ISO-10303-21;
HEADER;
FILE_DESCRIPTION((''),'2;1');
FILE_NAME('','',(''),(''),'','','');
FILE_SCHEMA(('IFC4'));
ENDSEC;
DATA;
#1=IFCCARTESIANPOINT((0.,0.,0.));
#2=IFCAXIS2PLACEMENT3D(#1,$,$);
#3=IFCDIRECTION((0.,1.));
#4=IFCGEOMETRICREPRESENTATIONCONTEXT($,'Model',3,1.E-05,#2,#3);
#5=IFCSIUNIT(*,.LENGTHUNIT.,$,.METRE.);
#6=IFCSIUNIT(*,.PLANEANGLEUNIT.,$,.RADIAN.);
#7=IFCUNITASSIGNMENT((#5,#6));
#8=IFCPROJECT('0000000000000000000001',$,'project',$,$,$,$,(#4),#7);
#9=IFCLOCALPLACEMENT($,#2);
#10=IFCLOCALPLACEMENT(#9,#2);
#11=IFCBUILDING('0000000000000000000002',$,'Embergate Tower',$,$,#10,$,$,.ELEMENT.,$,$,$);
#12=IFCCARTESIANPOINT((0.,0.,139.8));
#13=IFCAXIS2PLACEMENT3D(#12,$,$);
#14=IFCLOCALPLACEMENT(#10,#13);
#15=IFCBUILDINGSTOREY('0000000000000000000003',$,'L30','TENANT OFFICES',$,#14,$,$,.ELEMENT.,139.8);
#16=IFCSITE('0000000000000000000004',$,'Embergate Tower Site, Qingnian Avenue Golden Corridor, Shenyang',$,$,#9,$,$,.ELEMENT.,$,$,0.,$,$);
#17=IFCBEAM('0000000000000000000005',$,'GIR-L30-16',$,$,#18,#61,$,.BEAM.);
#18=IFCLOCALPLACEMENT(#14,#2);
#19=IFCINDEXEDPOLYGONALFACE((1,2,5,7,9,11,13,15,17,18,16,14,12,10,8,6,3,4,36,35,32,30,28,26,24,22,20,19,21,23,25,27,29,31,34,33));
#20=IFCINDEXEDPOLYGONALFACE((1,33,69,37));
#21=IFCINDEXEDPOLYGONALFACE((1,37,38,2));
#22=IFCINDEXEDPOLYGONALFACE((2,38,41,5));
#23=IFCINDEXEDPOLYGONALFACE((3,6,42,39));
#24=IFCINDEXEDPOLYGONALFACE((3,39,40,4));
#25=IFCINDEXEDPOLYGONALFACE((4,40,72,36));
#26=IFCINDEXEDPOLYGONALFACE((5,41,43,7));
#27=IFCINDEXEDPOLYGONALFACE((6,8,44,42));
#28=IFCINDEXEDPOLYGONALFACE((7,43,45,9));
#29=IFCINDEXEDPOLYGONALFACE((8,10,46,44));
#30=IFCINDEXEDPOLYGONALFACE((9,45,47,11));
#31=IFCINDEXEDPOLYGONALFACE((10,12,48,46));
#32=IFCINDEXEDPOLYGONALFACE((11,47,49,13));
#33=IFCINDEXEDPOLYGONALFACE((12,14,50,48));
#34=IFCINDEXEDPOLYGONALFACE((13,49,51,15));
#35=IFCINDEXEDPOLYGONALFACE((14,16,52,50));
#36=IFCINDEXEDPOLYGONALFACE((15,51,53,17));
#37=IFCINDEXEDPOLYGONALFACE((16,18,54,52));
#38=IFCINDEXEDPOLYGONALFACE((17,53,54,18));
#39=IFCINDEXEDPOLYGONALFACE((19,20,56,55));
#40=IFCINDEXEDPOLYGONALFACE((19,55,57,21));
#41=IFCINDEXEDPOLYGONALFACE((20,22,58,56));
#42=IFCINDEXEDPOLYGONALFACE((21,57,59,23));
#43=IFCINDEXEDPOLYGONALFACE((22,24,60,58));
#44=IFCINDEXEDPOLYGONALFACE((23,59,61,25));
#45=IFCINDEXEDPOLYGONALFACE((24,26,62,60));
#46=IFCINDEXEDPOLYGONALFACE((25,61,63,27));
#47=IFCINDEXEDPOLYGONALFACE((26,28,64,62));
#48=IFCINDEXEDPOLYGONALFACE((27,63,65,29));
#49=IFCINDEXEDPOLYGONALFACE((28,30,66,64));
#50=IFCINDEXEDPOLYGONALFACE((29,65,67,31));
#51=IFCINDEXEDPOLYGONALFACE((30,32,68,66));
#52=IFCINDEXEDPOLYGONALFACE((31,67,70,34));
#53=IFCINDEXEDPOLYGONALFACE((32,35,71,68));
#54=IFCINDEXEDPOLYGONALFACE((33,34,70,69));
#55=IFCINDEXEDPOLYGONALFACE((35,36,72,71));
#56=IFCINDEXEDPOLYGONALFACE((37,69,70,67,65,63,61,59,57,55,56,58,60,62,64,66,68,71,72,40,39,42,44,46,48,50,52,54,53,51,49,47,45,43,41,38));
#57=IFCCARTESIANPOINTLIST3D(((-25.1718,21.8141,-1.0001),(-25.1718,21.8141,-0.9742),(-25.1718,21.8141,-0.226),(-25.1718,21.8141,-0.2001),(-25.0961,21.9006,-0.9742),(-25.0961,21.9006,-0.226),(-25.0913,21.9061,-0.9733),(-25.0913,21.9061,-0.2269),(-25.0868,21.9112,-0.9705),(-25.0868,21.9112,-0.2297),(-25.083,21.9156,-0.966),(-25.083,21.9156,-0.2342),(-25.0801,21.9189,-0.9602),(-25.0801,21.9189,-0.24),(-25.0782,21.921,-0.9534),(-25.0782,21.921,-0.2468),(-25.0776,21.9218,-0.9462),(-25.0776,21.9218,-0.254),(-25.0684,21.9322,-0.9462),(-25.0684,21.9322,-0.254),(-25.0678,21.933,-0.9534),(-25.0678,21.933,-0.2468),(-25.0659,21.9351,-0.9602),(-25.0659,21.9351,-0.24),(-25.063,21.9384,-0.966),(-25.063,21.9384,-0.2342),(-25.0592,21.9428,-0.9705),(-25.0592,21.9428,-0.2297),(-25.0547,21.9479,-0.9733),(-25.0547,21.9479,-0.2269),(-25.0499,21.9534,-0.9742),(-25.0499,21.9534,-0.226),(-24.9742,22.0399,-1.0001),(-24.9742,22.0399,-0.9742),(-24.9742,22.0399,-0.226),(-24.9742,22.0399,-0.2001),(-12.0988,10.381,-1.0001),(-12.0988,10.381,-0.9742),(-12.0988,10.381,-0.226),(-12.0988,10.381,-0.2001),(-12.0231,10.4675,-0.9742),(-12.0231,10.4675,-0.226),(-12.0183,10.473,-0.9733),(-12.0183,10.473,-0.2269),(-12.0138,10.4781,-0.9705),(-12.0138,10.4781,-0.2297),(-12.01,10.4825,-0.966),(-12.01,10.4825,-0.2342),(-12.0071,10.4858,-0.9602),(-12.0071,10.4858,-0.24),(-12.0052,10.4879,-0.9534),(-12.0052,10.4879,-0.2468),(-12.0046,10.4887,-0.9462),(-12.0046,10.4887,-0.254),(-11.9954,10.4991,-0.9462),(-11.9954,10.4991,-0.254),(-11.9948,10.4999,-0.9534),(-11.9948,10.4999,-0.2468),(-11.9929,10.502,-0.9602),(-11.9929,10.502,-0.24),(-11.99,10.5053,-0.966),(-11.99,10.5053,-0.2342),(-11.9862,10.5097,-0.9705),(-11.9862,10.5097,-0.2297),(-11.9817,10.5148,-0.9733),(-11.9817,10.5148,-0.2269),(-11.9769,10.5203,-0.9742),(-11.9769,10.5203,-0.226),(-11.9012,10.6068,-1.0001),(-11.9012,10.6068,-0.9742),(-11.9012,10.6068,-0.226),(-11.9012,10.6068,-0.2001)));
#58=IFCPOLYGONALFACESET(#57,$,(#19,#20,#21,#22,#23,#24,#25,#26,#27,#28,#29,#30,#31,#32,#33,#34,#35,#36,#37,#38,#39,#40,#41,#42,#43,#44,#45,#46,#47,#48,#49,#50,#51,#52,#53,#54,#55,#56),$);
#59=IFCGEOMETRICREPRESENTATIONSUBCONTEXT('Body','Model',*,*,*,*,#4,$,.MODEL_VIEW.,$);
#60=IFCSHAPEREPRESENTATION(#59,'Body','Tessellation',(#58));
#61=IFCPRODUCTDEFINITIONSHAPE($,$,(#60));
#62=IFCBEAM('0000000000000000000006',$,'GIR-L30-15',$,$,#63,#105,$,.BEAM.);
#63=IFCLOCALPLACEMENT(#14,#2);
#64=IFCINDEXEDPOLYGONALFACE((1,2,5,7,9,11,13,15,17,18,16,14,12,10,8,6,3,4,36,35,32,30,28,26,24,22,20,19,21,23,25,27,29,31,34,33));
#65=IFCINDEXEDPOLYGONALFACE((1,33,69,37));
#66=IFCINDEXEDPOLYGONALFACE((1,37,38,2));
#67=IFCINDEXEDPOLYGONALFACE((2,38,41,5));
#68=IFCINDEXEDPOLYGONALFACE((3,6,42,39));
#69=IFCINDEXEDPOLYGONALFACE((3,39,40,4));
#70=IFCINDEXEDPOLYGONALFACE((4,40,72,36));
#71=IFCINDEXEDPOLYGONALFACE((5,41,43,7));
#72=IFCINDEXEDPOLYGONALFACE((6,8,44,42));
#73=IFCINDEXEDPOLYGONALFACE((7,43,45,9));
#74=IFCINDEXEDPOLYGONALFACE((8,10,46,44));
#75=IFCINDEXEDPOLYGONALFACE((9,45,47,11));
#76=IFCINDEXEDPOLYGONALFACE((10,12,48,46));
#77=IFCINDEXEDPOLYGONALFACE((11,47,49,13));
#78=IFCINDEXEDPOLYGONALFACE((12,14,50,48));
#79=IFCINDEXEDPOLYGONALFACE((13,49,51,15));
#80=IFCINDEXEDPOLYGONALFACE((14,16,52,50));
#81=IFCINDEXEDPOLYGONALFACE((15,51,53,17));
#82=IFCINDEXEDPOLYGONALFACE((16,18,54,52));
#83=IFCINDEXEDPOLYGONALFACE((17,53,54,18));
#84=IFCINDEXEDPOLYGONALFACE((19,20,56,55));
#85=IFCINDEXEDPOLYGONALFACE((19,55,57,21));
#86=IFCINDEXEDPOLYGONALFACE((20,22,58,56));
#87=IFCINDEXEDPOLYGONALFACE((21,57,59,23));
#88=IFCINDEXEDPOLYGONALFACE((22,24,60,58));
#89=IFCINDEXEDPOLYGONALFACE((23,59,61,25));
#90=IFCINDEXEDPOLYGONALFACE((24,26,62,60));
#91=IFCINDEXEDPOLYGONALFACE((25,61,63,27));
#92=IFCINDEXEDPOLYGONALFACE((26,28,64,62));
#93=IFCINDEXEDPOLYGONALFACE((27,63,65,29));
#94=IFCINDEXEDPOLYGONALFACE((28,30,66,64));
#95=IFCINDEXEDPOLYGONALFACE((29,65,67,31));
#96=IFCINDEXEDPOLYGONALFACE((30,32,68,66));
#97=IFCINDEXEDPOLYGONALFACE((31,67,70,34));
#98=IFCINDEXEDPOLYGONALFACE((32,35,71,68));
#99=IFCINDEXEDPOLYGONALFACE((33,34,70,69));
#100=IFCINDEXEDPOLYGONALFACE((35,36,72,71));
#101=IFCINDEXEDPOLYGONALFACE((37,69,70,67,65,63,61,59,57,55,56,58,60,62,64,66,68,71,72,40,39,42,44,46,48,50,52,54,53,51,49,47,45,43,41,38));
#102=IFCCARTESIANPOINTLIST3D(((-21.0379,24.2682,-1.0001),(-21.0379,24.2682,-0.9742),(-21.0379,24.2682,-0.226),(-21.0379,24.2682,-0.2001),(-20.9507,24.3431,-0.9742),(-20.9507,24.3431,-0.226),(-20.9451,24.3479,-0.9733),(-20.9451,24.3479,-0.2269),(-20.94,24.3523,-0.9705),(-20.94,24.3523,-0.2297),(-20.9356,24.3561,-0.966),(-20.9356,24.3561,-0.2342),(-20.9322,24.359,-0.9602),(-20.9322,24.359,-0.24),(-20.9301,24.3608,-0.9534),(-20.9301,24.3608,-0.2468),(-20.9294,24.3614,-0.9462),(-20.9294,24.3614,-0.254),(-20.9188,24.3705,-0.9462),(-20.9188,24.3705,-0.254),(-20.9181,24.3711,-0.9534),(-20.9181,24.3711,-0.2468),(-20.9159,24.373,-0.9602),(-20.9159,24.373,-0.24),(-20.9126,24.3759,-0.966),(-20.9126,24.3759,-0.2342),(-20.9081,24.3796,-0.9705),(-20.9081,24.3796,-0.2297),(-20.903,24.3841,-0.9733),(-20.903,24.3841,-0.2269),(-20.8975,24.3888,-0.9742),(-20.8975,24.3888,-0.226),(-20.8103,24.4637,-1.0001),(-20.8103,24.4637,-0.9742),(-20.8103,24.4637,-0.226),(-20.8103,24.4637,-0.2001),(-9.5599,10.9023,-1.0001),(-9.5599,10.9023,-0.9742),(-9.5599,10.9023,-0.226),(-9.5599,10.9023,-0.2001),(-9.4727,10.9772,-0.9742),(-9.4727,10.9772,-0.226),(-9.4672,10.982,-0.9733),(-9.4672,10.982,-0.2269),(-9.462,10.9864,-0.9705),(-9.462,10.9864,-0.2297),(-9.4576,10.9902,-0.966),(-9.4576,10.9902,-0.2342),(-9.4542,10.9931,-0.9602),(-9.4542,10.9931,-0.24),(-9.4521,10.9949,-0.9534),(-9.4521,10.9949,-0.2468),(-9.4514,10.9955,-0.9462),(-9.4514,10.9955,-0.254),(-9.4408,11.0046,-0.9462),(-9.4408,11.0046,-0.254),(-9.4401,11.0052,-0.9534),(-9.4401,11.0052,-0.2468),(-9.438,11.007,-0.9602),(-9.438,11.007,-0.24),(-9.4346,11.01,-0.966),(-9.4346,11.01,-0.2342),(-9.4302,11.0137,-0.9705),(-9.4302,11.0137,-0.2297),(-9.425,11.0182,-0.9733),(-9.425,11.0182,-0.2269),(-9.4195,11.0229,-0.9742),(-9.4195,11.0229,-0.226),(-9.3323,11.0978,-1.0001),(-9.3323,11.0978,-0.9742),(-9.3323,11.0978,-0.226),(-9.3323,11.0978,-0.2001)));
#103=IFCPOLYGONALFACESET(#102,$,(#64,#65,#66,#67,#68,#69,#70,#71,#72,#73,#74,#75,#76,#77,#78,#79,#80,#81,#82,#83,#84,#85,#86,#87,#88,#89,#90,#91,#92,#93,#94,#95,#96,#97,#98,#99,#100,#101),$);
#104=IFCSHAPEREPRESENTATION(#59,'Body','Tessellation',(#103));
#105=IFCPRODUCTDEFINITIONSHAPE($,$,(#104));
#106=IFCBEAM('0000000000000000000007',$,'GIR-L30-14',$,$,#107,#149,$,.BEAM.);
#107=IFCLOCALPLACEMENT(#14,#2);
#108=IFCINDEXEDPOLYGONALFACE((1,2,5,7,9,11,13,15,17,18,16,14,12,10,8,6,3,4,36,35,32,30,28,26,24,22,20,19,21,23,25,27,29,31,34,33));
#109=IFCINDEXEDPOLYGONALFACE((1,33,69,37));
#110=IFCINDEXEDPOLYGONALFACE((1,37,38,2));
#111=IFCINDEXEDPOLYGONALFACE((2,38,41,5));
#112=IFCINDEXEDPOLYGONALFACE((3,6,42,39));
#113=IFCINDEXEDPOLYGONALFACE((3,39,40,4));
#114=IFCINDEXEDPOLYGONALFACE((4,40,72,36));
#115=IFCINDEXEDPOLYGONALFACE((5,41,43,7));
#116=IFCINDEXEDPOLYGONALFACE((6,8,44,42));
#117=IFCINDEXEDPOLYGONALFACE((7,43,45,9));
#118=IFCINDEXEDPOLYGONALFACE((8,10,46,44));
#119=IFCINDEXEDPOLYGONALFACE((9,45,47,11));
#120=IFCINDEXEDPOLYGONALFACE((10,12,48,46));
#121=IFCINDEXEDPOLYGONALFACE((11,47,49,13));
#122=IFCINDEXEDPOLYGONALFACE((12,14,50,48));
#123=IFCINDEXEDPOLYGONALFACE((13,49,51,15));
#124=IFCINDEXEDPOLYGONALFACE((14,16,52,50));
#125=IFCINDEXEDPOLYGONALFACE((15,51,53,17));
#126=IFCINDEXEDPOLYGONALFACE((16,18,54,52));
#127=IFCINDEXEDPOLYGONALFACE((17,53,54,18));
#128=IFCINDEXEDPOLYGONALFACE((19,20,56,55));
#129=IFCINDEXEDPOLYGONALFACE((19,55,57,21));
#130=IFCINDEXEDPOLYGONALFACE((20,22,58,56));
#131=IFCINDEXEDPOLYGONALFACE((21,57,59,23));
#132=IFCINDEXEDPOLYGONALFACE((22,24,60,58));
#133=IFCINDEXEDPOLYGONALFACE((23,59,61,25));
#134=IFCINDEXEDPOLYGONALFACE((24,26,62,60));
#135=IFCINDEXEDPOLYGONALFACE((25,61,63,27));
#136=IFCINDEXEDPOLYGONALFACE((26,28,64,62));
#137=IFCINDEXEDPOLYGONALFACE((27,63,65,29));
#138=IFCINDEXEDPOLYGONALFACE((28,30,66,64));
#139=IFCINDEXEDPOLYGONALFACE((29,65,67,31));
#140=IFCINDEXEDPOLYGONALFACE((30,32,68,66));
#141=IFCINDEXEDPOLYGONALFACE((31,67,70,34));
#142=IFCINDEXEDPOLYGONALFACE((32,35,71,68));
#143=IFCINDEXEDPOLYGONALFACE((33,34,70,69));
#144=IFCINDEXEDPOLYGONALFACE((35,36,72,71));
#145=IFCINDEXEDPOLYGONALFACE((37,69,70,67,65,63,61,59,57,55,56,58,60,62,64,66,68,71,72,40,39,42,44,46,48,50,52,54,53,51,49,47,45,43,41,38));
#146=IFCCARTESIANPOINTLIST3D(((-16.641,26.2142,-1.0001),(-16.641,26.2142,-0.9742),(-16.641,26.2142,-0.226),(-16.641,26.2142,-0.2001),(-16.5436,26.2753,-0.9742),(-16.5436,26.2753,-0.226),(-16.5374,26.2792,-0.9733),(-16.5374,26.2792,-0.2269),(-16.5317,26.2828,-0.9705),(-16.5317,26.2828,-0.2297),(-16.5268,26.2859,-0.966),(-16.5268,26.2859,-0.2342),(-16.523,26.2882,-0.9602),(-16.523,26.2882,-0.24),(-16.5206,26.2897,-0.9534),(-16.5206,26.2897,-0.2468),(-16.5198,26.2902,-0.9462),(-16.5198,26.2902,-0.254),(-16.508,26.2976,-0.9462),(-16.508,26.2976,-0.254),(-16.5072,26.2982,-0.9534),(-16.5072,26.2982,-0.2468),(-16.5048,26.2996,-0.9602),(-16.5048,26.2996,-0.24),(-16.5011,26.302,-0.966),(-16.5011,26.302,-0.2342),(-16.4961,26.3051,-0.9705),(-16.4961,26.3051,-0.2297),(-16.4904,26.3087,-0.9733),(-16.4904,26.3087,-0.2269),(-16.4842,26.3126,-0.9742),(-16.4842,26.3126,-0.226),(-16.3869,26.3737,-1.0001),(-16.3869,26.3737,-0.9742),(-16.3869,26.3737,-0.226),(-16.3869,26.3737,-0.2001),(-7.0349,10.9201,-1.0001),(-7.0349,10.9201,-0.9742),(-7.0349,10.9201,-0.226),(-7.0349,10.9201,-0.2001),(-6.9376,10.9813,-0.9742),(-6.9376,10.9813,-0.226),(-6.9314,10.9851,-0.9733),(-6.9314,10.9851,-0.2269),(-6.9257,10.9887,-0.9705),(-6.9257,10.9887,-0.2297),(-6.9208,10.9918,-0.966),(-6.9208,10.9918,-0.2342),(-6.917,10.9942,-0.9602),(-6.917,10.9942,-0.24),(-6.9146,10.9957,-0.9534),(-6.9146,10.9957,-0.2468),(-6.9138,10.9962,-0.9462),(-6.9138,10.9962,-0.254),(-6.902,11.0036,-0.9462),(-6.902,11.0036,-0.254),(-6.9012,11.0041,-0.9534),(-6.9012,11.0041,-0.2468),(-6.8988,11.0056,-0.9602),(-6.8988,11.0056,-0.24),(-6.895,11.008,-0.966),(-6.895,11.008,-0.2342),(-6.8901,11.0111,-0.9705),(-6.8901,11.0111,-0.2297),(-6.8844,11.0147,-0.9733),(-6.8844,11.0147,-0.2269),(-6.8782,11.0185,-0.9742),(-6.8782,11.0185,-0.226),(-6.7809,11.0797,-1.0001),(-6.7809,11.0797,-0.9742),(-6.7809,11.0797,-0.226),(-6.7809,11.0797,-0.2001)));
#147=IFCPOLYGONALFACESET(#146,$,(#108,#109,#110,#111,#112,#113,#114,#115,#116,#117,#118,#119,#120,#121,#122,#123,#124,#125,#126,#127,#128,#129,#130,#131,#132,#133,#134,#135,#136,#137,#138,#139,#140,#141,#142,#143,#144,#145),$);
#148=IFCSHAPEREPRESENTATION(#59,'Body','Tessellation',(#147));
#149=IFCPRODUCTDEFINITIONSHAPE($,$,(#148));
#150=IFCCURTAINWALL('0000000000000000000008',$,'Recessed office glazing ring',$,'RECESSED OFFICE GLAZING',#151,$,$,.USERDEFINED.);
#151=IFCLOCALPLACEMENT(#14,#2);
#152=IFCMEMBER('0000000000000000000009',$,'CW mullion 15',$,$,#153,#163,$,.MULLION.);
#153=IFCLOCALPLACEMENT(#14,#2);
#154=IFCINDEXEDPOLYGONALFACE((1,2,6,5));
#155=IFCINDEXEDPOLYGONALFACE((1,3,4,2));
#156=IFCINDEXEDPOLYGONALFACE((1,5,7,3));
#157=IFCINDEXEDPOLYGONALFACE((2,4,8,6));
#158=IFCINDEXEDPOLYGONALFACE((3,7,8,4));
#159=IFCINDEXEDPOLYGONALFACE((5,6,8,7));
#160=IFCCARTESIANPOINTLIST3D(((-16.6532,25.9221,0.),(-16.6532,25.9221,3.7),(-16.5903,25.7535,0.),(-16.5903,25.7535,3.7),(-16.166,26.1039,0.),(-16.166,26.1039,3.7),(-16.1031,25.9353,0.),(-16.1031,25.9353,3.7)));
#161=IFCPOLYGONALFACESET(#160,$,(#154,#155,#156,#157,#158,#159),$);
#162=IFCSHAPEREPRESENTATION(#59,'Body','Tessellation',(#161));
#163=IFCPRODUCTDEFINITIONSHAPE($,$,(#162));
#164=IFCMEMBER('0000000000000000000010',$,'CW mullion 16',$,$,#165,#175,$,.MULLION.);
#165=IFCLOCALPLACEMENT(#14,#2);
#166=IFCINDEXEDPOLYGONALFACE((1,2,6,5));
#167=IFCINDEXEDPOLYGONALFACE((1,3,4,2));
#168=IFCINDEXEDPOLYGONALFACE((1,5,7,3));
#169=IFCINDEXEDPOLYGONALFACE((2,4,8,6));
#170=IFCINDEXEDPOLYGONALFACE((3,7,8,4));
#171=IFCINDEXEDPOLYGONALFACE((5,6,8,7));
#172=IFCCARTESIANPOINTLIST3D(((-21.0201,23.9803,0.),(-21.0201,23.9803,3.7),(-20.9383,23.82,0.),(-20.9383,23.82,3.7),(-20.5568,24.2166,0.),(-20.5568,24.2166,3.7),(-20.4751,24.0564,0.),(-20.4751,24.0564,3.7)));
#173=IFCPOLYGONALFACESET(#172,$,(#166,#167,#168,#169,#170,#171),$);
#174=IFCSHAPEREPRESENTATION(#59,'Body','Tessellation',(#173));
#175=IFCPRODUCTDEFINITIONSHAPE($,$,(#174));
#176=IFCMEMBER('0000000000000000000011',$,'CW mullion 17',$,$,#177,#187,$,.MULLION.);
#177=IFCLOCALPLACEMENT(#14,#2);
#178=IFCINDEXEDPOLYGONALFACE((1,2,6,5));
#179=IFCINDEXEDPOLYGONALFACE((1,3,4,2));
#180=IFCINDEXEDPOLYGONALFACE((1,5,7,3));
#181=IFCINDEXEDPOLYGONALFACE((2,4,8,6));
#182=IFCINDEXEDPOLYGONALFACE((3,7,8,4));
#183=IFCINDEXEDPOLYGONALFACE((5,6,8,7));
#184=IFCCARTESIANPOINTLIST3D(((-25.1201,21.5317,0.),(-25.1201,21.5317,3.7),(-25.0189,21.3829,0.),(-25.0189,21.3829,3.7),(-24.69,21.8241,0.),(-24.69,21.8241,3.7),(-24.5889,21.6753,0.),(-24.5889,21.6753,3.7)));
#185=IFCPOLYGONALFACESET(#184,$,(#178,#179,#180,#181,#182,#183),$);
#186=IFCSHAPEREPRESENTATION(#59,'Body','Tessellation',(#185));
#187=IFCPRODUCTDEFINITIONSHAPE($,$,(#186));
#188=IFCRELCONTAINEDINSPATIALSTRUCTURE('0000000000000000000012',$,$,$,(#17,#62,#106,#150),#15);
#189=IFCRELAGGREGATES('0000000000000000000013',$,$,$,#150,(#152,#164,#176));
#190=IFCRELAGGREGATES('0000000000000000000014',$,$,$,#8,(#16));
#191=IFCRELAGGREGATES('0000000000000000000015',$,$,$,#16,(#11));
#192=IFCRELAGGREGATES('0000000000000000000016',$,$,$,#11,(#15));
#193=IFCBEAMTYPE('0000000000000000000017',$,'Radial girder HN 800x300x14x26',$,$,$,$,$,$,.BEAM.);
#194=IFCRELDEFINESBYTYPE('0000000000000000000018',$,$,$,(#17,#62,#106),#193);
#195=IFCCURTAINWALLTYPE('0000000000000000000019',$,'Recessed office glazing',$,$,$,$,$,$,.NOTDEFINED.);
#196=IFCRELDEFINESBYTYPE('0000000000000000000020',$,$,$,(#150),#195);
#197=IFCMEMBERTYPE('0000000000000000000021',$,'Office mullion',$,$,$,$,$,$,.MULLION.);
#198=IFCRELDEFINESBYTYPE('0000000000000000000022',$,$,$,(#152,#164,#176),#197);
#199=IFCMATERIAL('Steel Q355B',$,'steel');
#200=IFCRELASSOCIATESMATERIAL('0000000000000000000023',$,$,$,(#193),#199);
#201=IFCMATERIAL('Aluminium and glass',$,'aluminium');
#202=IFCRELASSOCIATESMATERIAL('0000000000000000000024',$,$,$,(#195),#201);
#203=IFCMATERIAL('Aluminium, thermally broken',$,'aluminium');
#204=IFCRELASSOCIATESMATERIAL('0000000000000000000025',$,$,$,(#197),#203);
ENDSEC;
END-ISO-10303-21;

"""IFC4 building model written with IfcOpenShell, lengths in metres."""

from ifc_helpers import new_model, si_unit, direction, frame, origin, origin_2d, place, context, subcontext, project, spatial, rectangle, i_section, extrude, source, transform, mapped, material, material_profile, profile_set, type_object, element, aggregate, save


model = new_model("IFC4")

# Units and contexts
model_context = context("Model", 3, precision=1e-05, world=origin(), true_north=direction((0.0, 1.0)))
body_context = subcontext(model_context, "Body", "Model", "MODEL_VIEW")
ifc_project = project(units=[si_unit("LENGTHUNIT", "METRE"), si_unit("PLANEANGLEUNIT", "RADIAN")], contexts=[model_context])

# Site, building, storey
site_placement = place(None, origin())
site = spatial("IfcSite", under=ifc_project, at=site_placement, Name="Embergate Tower Site, Qingnian Avenue Golden Corridor, Shenyang", CompositionType="ELEMENT", RefElevation=0.0)
building_placement = place(site_placement, origin())
building = spatial("IfcBuilding", under=site, at=building_placement, Name="Embergate Tower", CompositionType="ELEMENT")
storey_placement = place(building_placement, frame((0.0, 0.0, 139.8)))
storey = spatial("IfcBuildingStorey", under=building, at=storey_placement, Name="L30", Description="TENANT OFFICES", CompositionType="ELEMENT", Elevation=139.8)

# Beams
ifc_material_1 = material(Name="Steel Q355B", Category="steel")
ifc_material_profile_1 = material_profile(ifc_material_1, i_section(OverallWidth=0.3, OverallDepth=0.8, WebThickness=0.0139, FlangeThickness=0.0259, FilletRadius=0.0281, at=origin_2d()), Name="HN 800x300x14x26")
ifc_profile_set_1 = profile_set([ifc_material_profile_1], Name="Steel Q355 grade B")
beam_type_1 = type_object("IfcBeamType", Name="Radial girder HN 800x300x14x26", PredefinedType="BEAM", material=ifc_profile_set_1)
shared_shape_1 = source(origin(), body_context, "Body", "SweptSolid", [
    extrude(i_section(OverallWidth=0.3, OverallDepth=0.8, WebThickness=0.0139, FlangeThickness=0.0259, FilletRadius=0.0281, at=origin_2d()), origin(), (0.0, 0.0, 1.0), 17.3672),
])
beam_1_placement = place(storey_placement, frame((-25.073, 21.927, -0.6001), z_axis=(0.752741, -0.658316, 0.0), x_axis=(0.658316, 0.752741, 0.0)))
element("IfcBeam", 1, at=beam_1_placement, inside=storey, type_object=beam_type_1, Name="GIR-L30-16", PredefinedType="BEAM", context=body_context, shape_type="MappedRepresentation", body=[
    mapped(shared_shape_1, transform((0.0, 0.0, 0.0))),
])
shared_shape_2 = source(origin(), body_context, "Body", "SweptSolid", [
    extrude(i_section(OverallWidth=0.3, OverallDepth=0.8, WebThickness=0.0139, FlangeThickness=0.0259, FilletRadius=0.0281, at=origin_2d()), origin(), (0.0, 0.0, 1.0), 17.6179),
])
beam_2_placement = place(storey_placement, frame((-20.9241, 24.366, -0.6001), z_axis=(0.651494, -0.758654, 0.0), x_axis=(0.758654, 0.651494, 0.0)))
element("IfcBeam", 2, at=beam_2_placement, inside=storey, type_object=beam_type_1, Name="GIR-L30-15", PredefinedType="BEAM", context=body_context, shape_type="MappedRepresentation", body=[
    mapped(shared_shape_2, transform((0.0, 0.0, 0.0))),
])
shared_shape_3 = source(origin(), body_context, "Body", "SweptSolid", [
    extrude(i_section(OverallWidth=0.3, OverallDepth=0.8, WebThickness=0.0139, FlangeThickness=0.0259, FilletRadius=0.0281, at=origin_2d()), origin(), (0.0, 0.0, 1.0), 18.0605),
])
beam_3_placement = place(storey_placement, frame((-16.5139, 26.2939, -0.6001), z_axis=(0.531879, -0.846821, 0.0), x_axis=(0.846821, 0.531879, 0.0)))
element("IfcBeam", 3, at=beam_3_placement, inside=storey, type_object=beam_type_1, Name="GIR-L30-14", PredefinedType="BEAM", context=body_context, shape_type="MappedRepresentation", body=[
    mapped(shared_shape_3, transform((0.0, 0.0, 0.0))),
])

# Curtain wall, members
ifc_material_2 = material(Name="Aluminium and glass", Category="aluminium")
curtain_wall_type = type_object("IfcCurtainWallType", Name="Recessed office glazing", PredefinedType="NOTDEFINED", material=ifc_material_2)
curtain_wall_placement = place(storey_placement, origin())
curtain_wall = element("IfcCurtainWall", 4, at=curtain_wall_placement, inside=storey, type_object=curtain_wall_type, Name="Recessed office glazing ring", ObjectType="RECESSED OFFICE GLAZING", PredefinedType="USERDEFINED")
ifc_material_3 = material(Name="Aluminium, thermally broken", Category="aluminium")
ifc_material_profile_2 = material_profile(ifc_material_3, rectangle(XDim=0.1799, YDim=0.52, at=origin_2d()), Name="AL 520x180")
ifc_profile_set_2 = profile_set([ifc_material_profile_2], Name="Aluminium, thermally broken")
member_type_1 = type_object("IfcMemberType", Name="Office mullion", PredefinedType="MULLION", material=ifc_profile_set_2)
shared_shape_4 = source(origin(), body_context, "Body", "SweptSolid", [
    extrude(rectangle(XDim=0.1799, YDim=0.52, at=origin_2d()), origin(), (0.0, 0.0, 1.0), 3.7),
])
member_1_placement = place(storey_placement, frame((-16.3782, 25.9287, 0.0), z_axis=(0.0, 0.0, 1.0), x_axis=(0.349501, -0.936936, 0.0)))
member_1 = element("IfcMember", 5, at=member_1_placement, type_object=member_type_1, Name="CW mullion 15", PredefinedType="MULLION", context=body_context, shape_type="MappedRepresentation", body=[
    mapped(shared_shape_4, transform((0.0, 0.0, 0.0))),
])
member_2_placement = place(storey_placement, frame((-20.7476, 24.0183, 0.0), z_axis=(0.0, 0.0, 1.0), x_axis=(0.454508, -0.890743, 0.0)))
member_2 = element("IfcMember", 6, at=member_2_placement, type_object=member_type_1, Name="CW mullion 16", PredefinedType="MULLION", context=body_context, shape_type="MappedRepresentation", body=[
    mapped(shared_shape_4, transform((0.0, 0.0, 0.0))),
])
member_3_placement = place(storey_placement, frame((-24.8545, 21.6035, 0.0), z_axis=(0.0, 0.0, 1.0), x_axis=(0.562215, -0.826991, 0.0)))
member_3 = element("IfcMember", 7, at=member_3_placement, type_object=member_type_1, Name="CW mullion 17", PredefinedType="MULLION", context=body_context, shape_type="MappedRepresentation", body=[
    mapped(shared_shape_4, transform((0.0, 0.0, 0.0))),
])
aggregate(curtain_wall, [member_1, member_2, member_3])

save(model, "model.ifc")
